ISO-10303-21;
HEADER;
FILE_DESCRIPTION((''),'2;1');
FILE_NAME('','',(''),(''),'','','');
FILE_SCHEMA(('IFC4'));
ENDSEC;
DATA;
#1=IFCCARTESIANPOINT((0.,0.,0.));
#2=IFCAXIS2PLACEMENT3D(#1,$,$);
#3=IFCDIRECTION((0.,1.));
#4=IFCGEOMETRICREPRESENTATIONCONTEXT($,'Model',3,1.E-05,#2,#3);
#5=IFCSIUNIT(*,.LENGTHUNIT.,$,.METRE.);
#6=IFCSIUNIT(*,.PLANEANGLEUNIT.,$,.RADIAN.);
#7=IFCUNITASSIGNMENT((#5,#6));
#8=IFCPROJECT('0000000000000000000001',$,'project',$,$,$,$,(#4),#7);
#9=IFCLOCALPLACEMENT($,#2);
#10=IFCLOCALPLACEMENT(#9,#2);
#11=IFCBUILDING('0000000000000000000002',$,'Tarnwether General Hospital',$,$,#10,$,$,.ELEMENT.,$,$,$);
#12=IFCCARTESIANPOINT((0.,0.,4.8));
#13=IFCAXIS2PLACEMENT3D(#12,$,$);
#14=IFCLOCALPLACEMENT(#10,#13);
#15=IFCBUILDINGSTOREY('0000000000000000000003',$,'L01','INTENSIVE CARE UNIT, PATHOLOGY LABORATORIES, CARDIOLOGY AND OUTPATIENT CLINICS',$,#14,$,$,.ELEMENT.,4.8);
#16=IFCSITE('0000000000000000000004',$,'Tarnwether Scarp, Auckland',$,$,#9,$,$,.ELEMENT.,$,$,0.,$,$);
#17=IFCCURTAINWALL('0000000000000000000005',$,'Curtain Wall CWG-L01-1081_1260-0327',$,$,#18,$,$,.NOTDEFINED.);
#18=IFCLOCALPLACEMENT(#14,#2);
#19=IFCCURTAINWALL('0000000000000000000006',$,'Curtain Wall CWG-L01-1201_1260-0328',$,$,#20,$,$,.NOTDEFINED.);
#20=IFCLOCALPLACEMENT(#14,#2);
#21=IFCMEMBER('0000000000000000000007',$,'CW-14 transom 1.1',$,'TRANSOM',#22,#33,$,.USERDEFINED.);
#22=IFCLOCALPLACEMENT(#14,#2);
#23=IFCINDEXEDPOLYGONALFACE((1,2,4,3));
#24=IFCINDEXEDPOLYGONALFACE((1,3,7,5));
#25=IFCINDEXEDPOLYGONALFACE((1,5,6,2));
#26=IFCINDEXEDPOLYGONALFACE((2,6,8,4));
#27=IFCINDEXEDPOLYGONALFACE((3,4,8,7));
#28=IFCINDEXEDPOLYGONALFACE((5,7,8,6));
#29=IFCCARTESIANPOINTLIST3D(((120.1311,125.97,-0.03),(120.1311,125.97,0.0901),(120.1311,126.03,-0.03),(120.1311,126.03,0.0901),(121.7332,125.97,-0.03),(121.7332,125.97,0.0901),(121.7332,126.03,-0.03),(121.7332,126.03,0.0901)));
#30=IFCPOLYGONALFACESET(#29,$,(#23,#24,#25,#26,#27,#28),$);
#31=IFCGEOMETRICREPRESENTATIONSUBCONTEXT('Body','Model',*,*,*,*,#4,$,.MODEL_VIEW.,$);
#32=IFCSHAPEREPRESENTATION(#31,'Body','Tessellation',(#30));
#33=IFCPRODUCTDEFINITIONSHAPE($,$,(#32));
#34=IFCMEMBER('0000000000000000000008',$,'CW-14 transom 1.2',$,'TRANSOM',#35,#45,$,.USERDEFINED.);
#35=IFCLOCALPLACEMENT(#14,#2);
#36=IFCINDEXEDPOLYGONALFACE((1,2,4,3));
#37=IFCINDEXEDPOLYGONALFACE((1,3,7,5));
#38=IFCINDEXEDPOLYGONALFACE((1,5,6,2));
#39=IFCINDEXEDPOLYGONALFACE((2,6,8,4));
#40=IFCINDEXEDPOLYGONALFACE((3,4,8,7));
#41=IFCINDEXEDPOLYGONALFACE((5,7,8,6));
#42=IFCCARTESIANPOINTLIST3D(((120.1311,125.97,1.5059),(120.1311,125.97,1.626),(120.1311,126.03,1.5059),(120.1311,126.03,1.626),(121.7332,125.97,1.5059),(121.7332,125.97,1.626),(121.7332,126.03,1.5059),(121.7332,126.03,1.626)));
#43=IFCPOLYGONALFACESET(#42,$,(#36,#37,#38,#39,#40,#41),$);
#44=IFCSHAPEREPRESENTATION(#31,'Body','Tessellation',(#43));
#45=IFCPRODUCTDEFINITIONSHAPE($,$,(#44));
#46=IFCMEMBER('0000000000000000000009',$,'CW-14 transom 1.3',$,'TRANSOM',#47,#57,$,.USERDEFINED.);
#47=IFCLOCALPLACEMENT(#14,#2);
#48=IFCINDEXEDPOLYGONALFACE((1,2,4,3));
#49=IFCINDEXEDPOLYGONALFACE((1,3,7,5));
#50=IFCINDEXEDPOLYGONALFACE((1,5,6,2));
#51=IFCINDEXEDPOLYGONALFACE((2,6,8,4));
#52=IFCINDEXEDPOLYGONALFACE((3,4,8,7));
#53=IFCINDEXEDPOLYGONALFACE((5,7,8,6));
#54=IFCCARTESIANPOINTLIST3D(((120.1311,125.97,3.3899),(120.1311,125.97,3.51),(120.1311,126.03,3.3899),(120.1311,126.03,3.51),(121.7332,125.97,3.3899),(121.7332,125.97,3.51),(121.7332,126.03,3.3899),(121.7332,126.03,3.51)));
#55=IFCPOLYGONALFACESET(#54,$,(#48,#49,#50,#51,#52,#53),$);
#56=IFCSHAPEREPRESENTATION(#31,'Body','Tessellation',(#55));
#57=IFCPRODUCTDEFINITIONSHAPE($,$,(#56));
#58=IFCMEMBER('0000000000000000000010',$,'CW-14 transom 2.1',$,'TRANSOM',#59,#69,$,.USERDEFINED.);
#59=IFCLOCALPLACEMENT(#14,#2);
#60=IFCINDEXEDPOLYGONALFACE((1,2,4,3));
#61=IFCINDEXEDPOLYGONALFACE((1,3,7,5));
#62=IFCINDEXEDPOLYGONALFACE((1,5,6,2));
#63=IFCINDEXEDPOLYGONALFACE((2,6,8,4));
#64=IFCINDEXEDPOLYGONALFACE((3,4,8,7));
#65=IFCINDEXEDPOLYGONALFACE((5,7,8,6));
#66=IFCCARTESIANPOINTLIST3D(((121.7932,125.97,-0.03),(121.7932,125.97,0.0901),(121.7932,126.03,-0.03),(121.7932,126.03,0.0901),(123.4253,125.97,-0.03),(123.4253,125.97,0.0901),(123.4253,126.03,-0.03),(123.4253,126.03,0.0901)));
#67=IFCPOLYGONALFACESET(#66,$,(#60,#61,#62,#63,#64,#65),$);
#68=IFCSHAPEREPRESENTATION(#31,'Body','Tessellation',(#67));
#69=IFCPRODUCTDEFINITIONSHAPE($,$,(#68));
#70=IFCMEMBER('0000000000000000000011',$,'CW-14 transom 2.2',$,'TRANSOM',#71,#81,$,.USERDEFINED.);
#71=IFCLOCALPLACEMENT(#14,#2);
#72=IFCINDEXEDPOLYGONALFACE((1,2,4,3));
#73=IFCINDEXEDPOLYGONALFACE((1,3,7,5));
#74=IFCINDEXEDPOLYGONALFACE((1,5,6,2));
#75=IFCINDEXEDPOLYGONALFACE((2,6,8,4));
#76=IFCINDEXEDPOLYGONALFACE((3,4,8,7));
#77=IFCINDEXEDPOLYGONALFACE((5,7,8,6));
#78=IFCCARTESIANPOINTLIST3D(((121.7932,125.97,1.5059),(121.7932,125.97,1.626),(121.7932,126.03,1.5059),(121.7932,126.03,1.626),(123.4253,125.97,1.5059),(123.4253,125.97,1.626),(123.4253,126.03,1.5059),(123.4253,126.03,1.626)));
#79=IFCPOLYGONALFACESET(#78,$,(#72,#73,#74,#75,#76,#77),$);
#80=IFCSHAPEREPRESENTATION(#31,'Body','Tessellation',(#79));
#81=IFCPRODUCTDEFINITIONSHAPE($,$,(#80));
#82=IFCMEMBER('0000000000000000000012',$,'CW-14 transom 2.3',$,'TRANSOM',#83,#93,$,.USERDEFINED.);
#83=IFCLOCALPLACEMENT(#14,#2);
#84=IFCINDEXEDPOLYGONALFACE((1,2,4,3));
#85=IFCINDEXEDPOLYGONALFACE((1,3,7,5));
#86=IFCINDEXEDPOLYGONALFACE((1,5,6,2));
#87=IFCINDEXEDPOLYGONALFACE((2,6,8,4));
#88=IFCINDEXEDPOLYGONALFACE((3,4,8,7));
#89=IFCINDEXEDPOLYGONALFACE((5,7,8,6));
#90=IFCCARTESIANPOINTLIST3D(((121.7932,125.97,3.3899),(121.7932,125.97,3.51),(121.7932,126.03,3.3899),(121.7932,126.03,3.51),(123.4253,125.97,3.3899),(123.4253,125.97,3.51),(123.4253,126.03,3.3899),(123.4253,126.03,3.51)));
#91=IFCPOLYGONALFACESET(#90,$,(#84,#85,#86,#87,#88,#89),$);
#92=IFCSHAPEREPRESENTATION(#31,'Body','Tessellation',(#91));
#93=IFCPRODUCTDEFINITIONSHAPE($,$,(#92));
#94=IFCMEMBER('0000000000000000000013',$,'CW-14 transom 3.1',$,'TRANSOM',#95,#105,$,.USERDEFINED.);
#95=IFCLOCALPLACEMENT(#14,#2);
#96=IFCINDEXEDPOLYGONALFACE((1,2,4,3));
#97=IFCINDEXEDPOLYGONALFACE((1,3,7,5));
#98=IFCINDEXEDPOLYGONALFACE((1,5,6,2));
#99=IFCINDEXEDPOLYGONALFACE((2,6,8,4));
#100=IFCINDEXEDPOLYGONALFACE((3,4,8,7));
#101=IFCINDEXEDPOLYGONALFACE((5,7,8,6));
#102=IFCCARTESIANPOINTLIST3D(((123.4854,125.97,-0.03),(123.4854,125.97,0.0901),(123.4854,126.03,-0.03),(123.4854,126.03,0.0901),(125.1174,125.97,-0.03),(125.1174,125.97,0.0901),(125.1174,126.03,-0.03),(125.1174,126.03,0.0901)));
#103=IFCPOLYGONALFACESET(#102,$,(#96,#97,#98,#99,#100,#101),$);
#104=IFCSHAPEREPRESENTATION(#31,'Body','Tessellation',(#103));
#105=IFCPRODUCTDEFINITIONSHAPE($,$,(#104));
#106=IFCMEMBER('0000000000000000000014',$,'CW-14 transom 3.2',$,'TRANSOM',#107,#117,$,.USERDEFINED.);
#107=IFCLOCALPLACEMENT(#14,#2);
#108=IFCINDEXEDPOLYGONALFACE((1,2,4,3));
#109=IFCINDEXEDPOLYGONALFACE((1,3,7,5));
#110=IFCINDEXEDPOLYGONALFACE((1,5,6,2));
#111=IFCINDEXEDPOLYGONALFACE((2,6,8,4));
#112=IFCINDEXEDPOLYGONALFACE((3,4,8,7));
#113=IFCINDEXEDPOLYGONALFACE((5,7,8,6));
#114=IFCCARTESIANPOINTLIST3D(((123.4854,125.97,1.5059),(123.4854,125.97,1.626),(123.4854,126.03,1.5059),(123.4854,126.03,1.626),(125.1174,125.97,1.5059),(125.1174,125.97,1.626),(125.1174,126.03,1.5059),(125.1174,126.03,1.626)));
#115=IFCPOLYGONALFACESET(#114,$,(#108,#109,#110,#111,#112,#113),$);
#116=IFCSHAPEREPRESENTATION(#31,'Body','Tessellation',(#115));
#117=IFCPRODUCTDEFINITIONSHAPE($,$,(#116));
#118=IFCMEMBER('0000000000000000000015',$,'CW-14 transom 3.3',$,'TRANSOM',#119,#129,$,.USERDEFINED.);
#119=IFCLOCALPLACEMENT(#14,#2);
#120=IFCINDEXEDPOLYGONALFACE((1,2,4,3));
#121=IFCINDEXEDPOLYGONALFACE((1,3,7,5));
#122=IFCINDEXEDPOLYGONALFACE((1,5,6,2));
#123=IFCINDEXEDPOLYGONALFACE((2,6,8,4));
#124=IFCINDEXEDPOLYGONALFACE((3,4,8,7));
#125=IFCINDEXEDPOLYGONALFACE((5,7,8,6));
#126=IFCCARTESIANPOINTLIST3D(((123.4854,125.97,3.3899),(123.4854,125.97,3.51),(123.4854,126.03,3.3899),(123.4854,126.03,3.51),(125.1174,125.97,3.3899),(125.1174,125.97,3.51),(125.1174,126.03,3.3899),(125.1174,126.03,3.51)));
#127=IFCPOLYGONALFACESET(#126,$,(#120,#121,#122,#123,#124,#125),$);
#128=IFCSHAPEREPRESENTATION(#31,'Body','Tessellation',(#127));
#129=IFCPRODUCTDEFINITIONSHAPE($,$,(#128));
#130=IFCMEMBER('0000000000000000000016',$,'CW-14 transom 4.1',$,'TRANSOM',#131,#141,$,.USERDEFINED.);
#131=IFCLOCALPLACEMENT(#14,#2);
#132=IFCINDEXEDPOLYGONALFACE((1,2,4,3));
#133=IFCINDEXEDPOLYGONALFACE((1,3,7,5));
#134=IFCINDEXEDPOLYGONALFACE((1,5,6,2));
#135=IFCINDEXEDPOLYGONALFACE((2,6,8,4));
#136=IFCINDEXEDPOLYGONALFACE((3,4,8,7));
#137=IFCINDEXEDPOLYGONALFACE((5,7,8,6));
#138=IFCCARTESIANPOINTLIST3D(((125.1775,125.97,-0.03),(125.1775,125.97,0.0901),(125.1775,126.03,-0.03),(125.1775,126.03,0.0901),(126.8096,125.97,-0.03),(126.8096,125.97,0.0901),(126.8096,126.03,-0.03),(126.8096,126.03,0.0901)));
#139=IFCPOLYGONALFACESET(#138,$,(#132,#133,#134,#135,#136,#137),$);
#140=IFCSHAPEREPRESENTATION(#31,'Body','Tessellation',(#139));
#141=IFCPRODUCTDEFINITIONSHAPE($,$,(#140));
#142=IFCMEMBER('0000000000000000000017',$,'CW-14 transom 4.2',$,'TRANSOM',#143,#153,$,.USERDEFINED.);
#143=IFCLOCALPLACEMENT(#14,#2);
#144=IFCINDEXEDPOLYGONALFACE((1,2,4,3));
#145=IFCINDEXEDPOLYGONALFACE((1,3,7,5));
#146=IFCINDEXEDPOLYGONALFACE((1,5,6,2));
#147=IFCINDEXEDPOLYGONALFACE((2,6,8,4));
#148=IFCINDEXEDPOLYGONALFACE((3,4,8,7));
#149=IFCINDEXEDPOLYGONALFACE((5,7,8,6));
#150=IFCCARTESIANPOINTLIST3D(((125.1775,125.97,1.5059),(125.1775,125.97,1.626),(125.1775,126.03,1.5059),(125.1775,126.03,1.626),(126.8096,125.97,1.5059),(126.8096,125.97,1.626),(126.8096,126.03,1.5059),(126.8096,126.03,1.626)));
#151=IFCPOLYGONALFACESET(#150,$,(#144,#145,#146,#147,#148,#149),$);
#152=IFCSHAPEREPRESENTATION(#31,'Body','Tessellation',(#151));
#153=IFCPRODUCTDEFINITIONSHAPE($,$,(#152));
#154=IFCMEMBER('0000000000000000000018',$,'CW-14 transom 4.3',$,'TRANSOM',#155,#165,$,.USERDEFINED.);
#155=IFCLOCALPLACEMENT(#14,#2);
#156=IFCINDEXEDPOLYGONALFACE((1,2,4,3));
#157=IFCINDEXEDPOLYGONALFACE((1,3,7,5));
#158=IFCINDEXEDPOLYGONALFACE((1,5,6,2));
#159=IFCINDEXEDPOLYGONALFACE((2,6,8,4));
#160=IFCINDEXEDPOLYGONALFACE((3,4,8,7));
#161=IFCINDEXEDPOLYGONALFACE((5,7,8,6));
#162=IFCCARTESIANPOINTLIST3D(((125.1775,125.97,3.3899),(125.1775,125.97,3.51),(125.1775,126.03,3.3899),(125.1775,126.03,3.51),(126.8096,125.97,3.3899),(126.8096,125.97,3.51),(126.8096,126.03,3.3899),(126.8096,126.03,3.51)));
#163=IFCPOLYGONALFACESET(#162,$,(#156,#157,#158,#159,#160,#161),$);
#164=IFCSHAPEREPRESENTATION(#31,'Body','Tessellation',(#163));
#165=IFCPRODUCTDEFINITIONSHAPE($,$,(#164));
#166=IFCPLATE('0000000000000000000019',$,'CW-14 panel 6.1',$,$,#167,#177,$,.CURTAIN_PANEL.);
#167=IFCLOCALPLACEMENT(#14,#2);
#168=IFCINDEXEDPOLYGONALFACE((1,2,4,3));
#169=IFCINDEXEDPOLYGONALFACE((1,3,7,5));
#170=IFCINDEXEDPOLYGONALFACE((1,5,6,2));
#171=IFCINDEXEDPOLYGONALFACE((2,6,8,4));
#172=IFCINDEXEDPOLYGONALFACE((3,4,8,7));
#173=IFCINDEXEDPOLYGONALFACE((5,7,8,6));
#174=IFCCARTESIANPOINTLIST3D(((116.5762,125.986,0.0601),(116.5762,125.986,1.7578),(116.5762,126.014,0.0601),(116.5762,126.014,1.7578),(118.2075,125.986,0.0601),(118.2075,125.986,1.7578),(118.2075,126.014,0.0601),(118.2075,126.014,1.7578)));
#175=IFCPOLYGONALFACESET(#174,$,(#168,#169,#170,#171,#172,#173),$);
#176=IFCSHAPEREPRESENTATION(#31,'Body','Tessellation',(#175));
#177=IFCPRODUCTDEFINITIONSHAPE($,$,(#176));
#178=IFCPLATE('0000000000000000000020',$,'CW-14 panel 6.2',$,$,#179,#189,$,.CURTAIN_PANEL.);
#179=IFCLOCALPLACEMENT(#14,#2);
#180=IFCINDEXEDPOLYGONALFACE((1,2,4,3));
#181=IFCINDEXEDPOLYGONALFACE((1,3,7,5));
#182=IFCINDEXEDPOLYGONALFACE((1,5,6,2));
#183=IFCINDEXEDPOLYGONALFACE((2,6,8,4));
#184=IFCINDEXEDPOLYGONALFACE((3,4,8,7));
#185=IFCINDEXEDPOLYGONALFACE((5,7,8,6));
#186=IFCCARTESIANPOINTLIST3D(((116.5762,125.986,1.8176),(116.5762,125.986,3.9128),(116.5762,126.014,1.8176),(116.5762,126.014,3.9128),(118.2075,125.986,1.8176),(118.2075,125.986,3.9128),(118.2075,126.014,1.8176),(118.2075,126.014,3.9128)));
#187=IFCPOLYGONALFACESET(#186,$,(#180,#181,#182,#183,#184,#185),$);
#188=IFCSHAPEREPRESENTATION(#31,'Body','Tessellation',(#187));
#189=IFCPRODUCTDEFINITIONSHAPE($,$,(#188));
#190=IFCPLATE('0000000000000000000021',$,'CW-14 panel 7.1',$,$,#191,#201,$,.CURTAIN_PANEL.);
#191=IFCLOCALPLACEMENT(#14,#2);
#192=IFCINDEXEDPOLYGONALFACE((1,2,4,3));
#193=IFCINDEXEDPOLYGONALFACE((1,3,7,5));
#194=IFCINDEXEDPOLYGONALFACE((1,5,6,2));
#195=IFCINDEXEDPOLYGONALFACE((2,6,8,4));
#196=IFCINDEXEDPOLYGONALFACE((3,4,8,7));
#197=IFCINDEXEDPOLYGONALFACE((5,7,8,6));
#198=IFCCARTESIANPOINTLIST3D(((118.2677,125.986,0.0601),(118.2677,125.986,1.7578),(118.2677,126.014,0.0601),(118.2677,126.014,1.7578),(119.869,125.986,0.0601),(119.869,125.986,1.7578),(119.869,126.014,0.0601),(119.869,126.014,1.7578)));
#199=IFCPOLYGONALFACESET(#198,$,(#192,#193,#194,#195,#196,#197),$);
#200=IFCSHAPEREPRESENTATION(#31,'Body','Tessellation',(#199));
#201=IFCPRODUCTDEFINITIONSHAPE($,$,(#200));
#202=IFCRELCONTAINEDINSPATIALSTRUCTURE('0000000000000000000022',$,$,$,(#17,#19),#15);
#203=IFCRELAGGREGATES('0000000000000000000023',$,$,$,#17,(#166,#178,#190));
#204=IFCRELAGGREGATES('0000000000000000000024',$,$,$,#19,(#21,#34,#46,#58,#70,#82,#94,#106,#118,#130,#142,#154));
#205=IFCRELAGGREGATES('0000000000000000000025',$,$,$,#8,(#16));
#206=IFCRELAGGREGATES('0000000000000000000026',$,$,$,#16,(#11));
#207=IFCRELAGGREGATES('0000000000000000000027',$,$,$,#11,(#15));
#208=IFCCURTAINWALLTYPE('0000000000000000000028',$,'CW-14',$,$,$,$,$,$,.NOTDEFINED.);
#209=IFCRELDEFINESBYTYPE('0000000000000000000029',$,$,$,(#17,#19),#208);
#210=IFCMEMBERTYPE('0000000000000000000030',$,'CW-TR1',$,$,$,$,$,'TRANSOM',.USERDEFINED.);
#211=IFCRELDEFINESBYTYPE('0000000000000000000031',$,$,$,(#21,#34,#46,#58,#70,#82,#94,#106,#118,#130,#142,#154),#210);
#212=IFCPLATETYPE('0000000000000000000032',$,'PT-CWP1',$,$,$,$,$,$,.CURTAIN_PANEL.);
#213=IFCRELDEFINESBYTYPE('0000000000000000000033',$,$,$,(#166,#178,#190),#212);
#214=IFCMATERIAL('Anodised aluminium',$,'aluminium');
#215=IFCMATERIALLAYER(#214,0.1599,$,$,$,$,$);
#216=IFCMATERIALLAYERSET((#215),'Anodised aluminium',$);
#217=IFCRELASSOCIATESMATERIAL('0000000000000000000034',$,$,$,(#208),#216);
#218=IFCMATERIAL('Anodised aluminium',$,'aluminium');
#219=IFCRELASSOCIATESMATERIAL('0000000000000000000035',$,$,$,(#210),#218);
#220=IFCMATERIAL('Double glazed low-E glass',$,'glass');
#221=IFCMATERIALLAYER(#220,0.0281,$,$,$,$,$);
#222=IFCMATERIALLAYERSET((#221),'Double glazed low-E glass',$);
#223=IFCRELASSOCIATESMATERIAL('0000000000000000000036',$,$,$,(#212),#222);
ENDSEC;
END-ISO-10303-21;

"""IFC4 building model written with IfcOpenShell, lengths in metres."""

from ifc_helpers import new_model, si_unit, direction, frame, origin, origin_2d, place, context, subcontext, project, spatial, rectangle, extrude, material, layer, layer_set, material_profile, profile_set, type_object, element, aggregate, save


model = new_model("IFC4")

# Units and contexts
model_context = context("Model", 3, precision=1e-05, world=origin(), true_north=direction((0.0, 1.0)))
body_context = subcontext(model_context, "Body", "Model", "MODEL_VIEW")
ifc_project = project(units=[si_unit("LENGTHUNIT", "METRE"), si_unit("PLANEANGLEUNIT", "RADIAN")], contexts=[model_context])

# Site, building, storey
site_placement = place(None, origin())
site = spatial("IfcSite", under=ifc_project, at=site_placement, Name="Tarnwether Scarp, Auckland", CompositionType="ELEMENT", RefElevation=0.0)
building_placement = place(site_placement, origin())
building = spatial("IfcBuilding", under=site, at=building_placement, Name="Tarnwether General Hospital", CompositionType="ELEMENT")
storey_placement = place(building_placement, frame((0.0, 0.0, 4.8)))
storey = spatial("IfcBuildingStorey", under=building, at=storey_placement, Name="L01", Description="INTENSIVE CARE UNIT, PATHOLOGY LABORATORIES, CARDIOLOGY AND OUTPATIENT CLINICS", CompositionType="ELEMENT", Elevation=4.8)

# Curtain walls
ifc_material_1 = material(Name="Anodised aluminium", Category="aluminium")
ifc_layer_1 = layer(ifc_material_1, 0.1599)
ifc_layer_set_1 = layer_set([ifc_layer_1], Name="Anodised aluminium")
curtain_wall_type = type_object("IfcCurtainWallType", Name="CW-14", PredefinedType="NOTDEFINED", material=ifc_layer_set_1)
curtain_wall_1_placement = place(storey_placement, origin())
curtain_wall_1 = element("IfcCurtainWall", 1, at=curtain_wall_1_placement, inside=storey, type_object=curtain_wall_type, Name="Curtain Wall CWG-L01-1081_1260-0327", PredefinedType="NOTDEFINED")
curtain_wall_2_placement = place(storey_placement, origin())
curtain_wall_2 = element("IfcCurtainWall", 2, at=curtain_wall_2_placement, inside=storey, type_object=curtain_wall_type, Name="Curtain Wall CWG-L01-1201_1260-0328", PredefinedType="NOTDEFINED")

# Members
ifc_material_2 = material(Name="Anodised aluminium", Category="aluminium")
ifc_material_profile_1 = material_profile(ifc_material_2, rectangle(XDim=0.0601, YDim=0.1201, at=origin_2d()), Name="ALU-TRN-60x120")
ifc_profile_set_1 = profile_set([ifc_material_profile_1], Name="Anodised aluminium")
member_type_1 = type_object("IfcMemberType", Name="CW-TR1", ElementType="TRANSOM", PredefinedType="USERDEFINED", material=ifc_profile_set_1)
member_1_placement = place(storey_placement, frame((120.1311, 126.0, 0.03), z_axis=(1.0, 0.0, 0.0), x_axis=(0.0, 1.0, 0.0)))
member_1 = element("IfcMember", 3, at=member_1_placement, type_object=member_type_1, Name="CW-14 transom 1.1", ObjectType="TRANSOM", PredefinedType="USERDEFINED", context=body_context, shape_type="SweptSolid", body=[
    extrude(rectangle(XDim=0.0601, YDim=0.1201, at=origin_2d()), origin(), (0.0, 0.0, 1.0), 1.6021),
])
member_2_placement = place(storey_placement, frame((120.1311, 126.0, 1.5659), z_axis=(1.0, 0.0, 0.0), x_axis=(0.0, 1.0, 0.0)))
member_2 = element("IfcMember", 4, at=member_2_placement, type_object=member_type_1, Name="CW-14 transom 1.2", ObjectType="TRANSOM", PredefinedType="USERDEFINED", context=body_context, shape_type="SweptSolid", body=[
    extrude(rectangle(XDim=0.0601, YDim=0.1201, at=origin_2d()), origin(), (0.0, 0.0, 1.0), 1.6021),
])
member_3_placement = place(storey_placement, frame((120.1311, 126.0, 3.45), z_axis=(1.0, 0.0, 0.0), x_axis=(0.0, 1.0, 0.0)))
member_3 = element("IfcMember", 5, at=member_3_placement, type_object=member_type_1, Name="CW-14 transom 1.3", ObjectType="TRANSOM", PredefinedType="USERDEFINED", context=body_context, shape_type="SweptSolid", body=[
    extrude(rectangle(XDim=0.0601, YDim=0.1201, at=origin_2d()), origin(), (0.0, 0.0, 1.0), 1.6021),
])
member_4_placement = place(storey_placement, frame((121.7932, 126.0, 0.03), z_axis=(1.0, 0.0, 0.0), x_axis=(0.0, 1.0, 0.0)))
member_4 = element("IfcMember", 6, at=member_4_placement, type_object=member_type_1, Name="CW-14 transom 2.1", ObjectType="TRANSOM", PredefinedType="USERDEFINED", context=body_context, shape_type="SweptSolid", body=[
    extrude(rectangle(XDim=0.0601, YDim=0.1201, at=origin_2d()), origin(), (0.0, 0.0, 1.0), 1.6321),
])
member_5_placement = place(storey_placement, frame((121.7932, 126.0, 1.5659), z_axis=(1.0, 0.0, 0.0), x_axis=(0.0, 1.0, 0.0)))
member_5 = element("IfcMember", 7, at=member_5_placement, type_object=member_type_1, Name="CW-14 transom 2.2", ObjectType="TRANSOM", PredefinedType="USERDEFINED", context=body_context, shape_type="SweptSolid", body=[
    extrude(rectangle(XDim=0.0601, YDim=0.1201, at=origin_2d()), origin(), (0.0, 0.0, 1.0), 1.6321),
])
member_6_placement = place(storey_placement, frame((121.7932, 126.0, 3.45), z_axis=(1.0, 0.0, 0.0), x_axis=(0.0, 1.0, 0.0)))
member_6 = element("IfcMember", 8, at=member_6_placement, type_object=member_type_1, Name="CW-14 transom 2.3", ObjectType="TRANSOM", PredefinedType="USERDEFINED", context=body_context, shape_type="SweptSolid", body=[
    extrude(rectangle(XDim=0.0601, YDim=0.1201, at=origin_2d()), origin(), (0.0, 0.0, 1.0), 1.6321),
])
member_7_placement = place(storey_placement, frame((123.4854, 126.0, 0.03), z_axis=(1.0, 0.0, 0.0), x_axis=(0.0, 1.0, 0.0)))
member_7 = element("IfcMember", 9, at=member_7_placement, type_object=member_type_1, Name="CW-14 transom 3.1", ObjectType="TRANSOM", PredefinedType="USERDEFINED", context=body_context, shape_type="SweptSolid", body=[
    extrude(rectangle(XDim=0.0601, YDim=0.1201, at=origin_2d()), origin(), (0.0, 0.0, 1.0), 1.6321),
])
member_8_placement = place(storey_placement, frame((123.4854, 126.0, 1.5659), z_axis=(1.0, 0.0, 0.0), x_axis=(0.0, 1.0, 0.0)))
member_8 = element("IfcMember", 10, at=member_8_placement, type_object=member_type_1, Name="CW-14 transom 3.2", ObjectType="TRANSOM", PredefinedType="USERDEFINED", context=body_context, shape_type="SweptSolid", body=[
    extrude(rectangle(XDim=0.0601, YDim=0.1201, at=origin_2d()), origin(), (0.0, 0.0, 1.0), 1.6321),
])
member_9_placement = place(storey_placement, frame((123.4854, 126.0, 3.45), z_axis=(1.0, 0.0, 0.0), x_axis=(0.0, 1.0, 0.0)))
member_9 = element("IfcMember", 11, at=member_9_placement, type_object=member_type_1, Name="CW-14 transom 3.3", ObjectType="TRANSOM", PredefinedType="USERDEFINED", context=body_context, shape_type="SweptSolid", body=[
    extrude(rectangle(XDim=0.0601, YDim=0.1201, at=origin_2d()), origin(), (0.0, 0.0, 1.0), 1.6321),
])
member_10_placement = place(storey_placement, frame((125.1775, 126.0, 0.03), z_axis=(1.0, 0.0, 0.0), x_axis=(0.0, 1.0, 0.0)))
member_10 = element("IfcMember", 12, at=member_10_placement, type_object=member_type_1, Name="CW-14 transom 4.1", ObjectType="TRANSOM", PredefinedType="USERDEFINED", context=body_context, shape_type="SweptSolid", body=[
    extrude(rectangle(XDim=0.0601, YDim=0.1201, at=origin_2d()), origin(), (0.0, 0.0, 1.0), 1.6321),
])
member_11_placement = place(storey_placement, frame((125.1775, 126.0, 1.5659), z_axis=(1.0, 0.0, 0.0), x_axis=(0.0, 1.0, 0.0)))
member_11 = element("IfcMember", 13, at=member_11_placement, type_object=member_type_1, Name="CW-14 transom 4.2", ObjectType="TRANSOM", PredefinedType="USERDEFINED", context=body_context, shape_type="SweptSolid", body=[
    extrude(rectangle(XDim=0.0601, YDim=0.1201, at=origin_2d()), origin(), (0.0, 0.0, 1.0), 1.6321),
])
member_12_placement = place(storey_placement, frame((125.1775, 126.0, 3.45), z_axis=(1.0, 0.0, 0.0), x_axis=(0.0, 1.0, 0.0)))
member_12 = element("IfcMember", 14, at=member_12_placement, type_object=member_type_1, Name="CW-14 transom 4.3", ObjectType="TRANSOM", PredefinedType="USERDEFINED", context=body_context, shape_type="SweptSolid", body=[
    extrude(rectangle(XDim=0.0601, YDim=0.1201, at=origin_2d()), origin(), (0.0, 0.0, 1.0), 1.6321),
])

# Plates
ifc_material_3 = material(Name="Double glazed low-E glass", Category="glass")
ifc_layer_2 = layer(ifc_material_3, 0.0281)
ifc_layer_set_2 = layer_set([ifc_layer_2], Name="Double glazed low-E glass")
plate_type_1 = type_object("IfcPlateType", Name="PT-CWP1", PredefinedType="CURTAIN_PANEL", material=ifc_layer_set_2)
plate_1_placement = place(storey_placement, frame((117.3918, 126.0, 0.0601), z_axis=(0.0, 0.0, 1.0), x_axis=(1.0, 0.0, 0.0)))
plate_1 = element("IfcPlate", 15, at=plate_1_placement, type_object=plate_type_1, Name="CW-14 panel 6.1", PredefinedType="CURTAIN_PANEL", context=body_context, shape_type="SweptSolid", body=[
    extrude(rectangle(XDim=1.6313, YDim=0.0281, at=origin_2d()), origin(), (0.0, 0.0, 1.0), 1.6978),
])
plate_2_placement = place(storey_placement, frame((117.3918, 126.0, 1.8176), z_axis=(0.0, 0.0, 1.0), x_axis=(1.0, 0.0, 0.0)))
plate_2 = element("IfcPlate", 16, at=plate_2_placement, type_object=plate_type_1, Name="CW-14 panel 6.2", PredefinedType="CURTAIN_PANEL", context=body_context, shape_type="SweptSolid", body=[
    extrude(rectangle(XDim=1.6313, YDim=0.0281, at=origin_2d()), origin(), (0.0, 0.0, 1.0), 2.0952),
])
plate_3_placement = place(storey_placement, frame((119.0684, 126.0, 0.0601), z_axis=(0.0, 0.0, 1.0), x_axis=(1.0, 0.0, 0.0)))
plate_3 = element("IfcPlate", 17, at=plate_3_placement, type_object=plate_type_1, Name="CW-14 panel 7.1", PredefinedType="CURTAIN_PANEL", context=body_context, shape_type="SweptSolid", body=[
    extrude(rectangle(XDim=1.6013, YDim=0.0281, at=origin_2d()), origin(), (0.0, 0.0, 1.0), 1.6978),
])
aggregate(curtain_wall_1, [plate_1, plate_2, plate_3])
aggregate(curtain_wall_2, [member_1, member_2, member_3, member_4, member_5, member_6, member_7, member_8, member_9, member_10, member_11, member_12])

save(model, "model.ifc")
